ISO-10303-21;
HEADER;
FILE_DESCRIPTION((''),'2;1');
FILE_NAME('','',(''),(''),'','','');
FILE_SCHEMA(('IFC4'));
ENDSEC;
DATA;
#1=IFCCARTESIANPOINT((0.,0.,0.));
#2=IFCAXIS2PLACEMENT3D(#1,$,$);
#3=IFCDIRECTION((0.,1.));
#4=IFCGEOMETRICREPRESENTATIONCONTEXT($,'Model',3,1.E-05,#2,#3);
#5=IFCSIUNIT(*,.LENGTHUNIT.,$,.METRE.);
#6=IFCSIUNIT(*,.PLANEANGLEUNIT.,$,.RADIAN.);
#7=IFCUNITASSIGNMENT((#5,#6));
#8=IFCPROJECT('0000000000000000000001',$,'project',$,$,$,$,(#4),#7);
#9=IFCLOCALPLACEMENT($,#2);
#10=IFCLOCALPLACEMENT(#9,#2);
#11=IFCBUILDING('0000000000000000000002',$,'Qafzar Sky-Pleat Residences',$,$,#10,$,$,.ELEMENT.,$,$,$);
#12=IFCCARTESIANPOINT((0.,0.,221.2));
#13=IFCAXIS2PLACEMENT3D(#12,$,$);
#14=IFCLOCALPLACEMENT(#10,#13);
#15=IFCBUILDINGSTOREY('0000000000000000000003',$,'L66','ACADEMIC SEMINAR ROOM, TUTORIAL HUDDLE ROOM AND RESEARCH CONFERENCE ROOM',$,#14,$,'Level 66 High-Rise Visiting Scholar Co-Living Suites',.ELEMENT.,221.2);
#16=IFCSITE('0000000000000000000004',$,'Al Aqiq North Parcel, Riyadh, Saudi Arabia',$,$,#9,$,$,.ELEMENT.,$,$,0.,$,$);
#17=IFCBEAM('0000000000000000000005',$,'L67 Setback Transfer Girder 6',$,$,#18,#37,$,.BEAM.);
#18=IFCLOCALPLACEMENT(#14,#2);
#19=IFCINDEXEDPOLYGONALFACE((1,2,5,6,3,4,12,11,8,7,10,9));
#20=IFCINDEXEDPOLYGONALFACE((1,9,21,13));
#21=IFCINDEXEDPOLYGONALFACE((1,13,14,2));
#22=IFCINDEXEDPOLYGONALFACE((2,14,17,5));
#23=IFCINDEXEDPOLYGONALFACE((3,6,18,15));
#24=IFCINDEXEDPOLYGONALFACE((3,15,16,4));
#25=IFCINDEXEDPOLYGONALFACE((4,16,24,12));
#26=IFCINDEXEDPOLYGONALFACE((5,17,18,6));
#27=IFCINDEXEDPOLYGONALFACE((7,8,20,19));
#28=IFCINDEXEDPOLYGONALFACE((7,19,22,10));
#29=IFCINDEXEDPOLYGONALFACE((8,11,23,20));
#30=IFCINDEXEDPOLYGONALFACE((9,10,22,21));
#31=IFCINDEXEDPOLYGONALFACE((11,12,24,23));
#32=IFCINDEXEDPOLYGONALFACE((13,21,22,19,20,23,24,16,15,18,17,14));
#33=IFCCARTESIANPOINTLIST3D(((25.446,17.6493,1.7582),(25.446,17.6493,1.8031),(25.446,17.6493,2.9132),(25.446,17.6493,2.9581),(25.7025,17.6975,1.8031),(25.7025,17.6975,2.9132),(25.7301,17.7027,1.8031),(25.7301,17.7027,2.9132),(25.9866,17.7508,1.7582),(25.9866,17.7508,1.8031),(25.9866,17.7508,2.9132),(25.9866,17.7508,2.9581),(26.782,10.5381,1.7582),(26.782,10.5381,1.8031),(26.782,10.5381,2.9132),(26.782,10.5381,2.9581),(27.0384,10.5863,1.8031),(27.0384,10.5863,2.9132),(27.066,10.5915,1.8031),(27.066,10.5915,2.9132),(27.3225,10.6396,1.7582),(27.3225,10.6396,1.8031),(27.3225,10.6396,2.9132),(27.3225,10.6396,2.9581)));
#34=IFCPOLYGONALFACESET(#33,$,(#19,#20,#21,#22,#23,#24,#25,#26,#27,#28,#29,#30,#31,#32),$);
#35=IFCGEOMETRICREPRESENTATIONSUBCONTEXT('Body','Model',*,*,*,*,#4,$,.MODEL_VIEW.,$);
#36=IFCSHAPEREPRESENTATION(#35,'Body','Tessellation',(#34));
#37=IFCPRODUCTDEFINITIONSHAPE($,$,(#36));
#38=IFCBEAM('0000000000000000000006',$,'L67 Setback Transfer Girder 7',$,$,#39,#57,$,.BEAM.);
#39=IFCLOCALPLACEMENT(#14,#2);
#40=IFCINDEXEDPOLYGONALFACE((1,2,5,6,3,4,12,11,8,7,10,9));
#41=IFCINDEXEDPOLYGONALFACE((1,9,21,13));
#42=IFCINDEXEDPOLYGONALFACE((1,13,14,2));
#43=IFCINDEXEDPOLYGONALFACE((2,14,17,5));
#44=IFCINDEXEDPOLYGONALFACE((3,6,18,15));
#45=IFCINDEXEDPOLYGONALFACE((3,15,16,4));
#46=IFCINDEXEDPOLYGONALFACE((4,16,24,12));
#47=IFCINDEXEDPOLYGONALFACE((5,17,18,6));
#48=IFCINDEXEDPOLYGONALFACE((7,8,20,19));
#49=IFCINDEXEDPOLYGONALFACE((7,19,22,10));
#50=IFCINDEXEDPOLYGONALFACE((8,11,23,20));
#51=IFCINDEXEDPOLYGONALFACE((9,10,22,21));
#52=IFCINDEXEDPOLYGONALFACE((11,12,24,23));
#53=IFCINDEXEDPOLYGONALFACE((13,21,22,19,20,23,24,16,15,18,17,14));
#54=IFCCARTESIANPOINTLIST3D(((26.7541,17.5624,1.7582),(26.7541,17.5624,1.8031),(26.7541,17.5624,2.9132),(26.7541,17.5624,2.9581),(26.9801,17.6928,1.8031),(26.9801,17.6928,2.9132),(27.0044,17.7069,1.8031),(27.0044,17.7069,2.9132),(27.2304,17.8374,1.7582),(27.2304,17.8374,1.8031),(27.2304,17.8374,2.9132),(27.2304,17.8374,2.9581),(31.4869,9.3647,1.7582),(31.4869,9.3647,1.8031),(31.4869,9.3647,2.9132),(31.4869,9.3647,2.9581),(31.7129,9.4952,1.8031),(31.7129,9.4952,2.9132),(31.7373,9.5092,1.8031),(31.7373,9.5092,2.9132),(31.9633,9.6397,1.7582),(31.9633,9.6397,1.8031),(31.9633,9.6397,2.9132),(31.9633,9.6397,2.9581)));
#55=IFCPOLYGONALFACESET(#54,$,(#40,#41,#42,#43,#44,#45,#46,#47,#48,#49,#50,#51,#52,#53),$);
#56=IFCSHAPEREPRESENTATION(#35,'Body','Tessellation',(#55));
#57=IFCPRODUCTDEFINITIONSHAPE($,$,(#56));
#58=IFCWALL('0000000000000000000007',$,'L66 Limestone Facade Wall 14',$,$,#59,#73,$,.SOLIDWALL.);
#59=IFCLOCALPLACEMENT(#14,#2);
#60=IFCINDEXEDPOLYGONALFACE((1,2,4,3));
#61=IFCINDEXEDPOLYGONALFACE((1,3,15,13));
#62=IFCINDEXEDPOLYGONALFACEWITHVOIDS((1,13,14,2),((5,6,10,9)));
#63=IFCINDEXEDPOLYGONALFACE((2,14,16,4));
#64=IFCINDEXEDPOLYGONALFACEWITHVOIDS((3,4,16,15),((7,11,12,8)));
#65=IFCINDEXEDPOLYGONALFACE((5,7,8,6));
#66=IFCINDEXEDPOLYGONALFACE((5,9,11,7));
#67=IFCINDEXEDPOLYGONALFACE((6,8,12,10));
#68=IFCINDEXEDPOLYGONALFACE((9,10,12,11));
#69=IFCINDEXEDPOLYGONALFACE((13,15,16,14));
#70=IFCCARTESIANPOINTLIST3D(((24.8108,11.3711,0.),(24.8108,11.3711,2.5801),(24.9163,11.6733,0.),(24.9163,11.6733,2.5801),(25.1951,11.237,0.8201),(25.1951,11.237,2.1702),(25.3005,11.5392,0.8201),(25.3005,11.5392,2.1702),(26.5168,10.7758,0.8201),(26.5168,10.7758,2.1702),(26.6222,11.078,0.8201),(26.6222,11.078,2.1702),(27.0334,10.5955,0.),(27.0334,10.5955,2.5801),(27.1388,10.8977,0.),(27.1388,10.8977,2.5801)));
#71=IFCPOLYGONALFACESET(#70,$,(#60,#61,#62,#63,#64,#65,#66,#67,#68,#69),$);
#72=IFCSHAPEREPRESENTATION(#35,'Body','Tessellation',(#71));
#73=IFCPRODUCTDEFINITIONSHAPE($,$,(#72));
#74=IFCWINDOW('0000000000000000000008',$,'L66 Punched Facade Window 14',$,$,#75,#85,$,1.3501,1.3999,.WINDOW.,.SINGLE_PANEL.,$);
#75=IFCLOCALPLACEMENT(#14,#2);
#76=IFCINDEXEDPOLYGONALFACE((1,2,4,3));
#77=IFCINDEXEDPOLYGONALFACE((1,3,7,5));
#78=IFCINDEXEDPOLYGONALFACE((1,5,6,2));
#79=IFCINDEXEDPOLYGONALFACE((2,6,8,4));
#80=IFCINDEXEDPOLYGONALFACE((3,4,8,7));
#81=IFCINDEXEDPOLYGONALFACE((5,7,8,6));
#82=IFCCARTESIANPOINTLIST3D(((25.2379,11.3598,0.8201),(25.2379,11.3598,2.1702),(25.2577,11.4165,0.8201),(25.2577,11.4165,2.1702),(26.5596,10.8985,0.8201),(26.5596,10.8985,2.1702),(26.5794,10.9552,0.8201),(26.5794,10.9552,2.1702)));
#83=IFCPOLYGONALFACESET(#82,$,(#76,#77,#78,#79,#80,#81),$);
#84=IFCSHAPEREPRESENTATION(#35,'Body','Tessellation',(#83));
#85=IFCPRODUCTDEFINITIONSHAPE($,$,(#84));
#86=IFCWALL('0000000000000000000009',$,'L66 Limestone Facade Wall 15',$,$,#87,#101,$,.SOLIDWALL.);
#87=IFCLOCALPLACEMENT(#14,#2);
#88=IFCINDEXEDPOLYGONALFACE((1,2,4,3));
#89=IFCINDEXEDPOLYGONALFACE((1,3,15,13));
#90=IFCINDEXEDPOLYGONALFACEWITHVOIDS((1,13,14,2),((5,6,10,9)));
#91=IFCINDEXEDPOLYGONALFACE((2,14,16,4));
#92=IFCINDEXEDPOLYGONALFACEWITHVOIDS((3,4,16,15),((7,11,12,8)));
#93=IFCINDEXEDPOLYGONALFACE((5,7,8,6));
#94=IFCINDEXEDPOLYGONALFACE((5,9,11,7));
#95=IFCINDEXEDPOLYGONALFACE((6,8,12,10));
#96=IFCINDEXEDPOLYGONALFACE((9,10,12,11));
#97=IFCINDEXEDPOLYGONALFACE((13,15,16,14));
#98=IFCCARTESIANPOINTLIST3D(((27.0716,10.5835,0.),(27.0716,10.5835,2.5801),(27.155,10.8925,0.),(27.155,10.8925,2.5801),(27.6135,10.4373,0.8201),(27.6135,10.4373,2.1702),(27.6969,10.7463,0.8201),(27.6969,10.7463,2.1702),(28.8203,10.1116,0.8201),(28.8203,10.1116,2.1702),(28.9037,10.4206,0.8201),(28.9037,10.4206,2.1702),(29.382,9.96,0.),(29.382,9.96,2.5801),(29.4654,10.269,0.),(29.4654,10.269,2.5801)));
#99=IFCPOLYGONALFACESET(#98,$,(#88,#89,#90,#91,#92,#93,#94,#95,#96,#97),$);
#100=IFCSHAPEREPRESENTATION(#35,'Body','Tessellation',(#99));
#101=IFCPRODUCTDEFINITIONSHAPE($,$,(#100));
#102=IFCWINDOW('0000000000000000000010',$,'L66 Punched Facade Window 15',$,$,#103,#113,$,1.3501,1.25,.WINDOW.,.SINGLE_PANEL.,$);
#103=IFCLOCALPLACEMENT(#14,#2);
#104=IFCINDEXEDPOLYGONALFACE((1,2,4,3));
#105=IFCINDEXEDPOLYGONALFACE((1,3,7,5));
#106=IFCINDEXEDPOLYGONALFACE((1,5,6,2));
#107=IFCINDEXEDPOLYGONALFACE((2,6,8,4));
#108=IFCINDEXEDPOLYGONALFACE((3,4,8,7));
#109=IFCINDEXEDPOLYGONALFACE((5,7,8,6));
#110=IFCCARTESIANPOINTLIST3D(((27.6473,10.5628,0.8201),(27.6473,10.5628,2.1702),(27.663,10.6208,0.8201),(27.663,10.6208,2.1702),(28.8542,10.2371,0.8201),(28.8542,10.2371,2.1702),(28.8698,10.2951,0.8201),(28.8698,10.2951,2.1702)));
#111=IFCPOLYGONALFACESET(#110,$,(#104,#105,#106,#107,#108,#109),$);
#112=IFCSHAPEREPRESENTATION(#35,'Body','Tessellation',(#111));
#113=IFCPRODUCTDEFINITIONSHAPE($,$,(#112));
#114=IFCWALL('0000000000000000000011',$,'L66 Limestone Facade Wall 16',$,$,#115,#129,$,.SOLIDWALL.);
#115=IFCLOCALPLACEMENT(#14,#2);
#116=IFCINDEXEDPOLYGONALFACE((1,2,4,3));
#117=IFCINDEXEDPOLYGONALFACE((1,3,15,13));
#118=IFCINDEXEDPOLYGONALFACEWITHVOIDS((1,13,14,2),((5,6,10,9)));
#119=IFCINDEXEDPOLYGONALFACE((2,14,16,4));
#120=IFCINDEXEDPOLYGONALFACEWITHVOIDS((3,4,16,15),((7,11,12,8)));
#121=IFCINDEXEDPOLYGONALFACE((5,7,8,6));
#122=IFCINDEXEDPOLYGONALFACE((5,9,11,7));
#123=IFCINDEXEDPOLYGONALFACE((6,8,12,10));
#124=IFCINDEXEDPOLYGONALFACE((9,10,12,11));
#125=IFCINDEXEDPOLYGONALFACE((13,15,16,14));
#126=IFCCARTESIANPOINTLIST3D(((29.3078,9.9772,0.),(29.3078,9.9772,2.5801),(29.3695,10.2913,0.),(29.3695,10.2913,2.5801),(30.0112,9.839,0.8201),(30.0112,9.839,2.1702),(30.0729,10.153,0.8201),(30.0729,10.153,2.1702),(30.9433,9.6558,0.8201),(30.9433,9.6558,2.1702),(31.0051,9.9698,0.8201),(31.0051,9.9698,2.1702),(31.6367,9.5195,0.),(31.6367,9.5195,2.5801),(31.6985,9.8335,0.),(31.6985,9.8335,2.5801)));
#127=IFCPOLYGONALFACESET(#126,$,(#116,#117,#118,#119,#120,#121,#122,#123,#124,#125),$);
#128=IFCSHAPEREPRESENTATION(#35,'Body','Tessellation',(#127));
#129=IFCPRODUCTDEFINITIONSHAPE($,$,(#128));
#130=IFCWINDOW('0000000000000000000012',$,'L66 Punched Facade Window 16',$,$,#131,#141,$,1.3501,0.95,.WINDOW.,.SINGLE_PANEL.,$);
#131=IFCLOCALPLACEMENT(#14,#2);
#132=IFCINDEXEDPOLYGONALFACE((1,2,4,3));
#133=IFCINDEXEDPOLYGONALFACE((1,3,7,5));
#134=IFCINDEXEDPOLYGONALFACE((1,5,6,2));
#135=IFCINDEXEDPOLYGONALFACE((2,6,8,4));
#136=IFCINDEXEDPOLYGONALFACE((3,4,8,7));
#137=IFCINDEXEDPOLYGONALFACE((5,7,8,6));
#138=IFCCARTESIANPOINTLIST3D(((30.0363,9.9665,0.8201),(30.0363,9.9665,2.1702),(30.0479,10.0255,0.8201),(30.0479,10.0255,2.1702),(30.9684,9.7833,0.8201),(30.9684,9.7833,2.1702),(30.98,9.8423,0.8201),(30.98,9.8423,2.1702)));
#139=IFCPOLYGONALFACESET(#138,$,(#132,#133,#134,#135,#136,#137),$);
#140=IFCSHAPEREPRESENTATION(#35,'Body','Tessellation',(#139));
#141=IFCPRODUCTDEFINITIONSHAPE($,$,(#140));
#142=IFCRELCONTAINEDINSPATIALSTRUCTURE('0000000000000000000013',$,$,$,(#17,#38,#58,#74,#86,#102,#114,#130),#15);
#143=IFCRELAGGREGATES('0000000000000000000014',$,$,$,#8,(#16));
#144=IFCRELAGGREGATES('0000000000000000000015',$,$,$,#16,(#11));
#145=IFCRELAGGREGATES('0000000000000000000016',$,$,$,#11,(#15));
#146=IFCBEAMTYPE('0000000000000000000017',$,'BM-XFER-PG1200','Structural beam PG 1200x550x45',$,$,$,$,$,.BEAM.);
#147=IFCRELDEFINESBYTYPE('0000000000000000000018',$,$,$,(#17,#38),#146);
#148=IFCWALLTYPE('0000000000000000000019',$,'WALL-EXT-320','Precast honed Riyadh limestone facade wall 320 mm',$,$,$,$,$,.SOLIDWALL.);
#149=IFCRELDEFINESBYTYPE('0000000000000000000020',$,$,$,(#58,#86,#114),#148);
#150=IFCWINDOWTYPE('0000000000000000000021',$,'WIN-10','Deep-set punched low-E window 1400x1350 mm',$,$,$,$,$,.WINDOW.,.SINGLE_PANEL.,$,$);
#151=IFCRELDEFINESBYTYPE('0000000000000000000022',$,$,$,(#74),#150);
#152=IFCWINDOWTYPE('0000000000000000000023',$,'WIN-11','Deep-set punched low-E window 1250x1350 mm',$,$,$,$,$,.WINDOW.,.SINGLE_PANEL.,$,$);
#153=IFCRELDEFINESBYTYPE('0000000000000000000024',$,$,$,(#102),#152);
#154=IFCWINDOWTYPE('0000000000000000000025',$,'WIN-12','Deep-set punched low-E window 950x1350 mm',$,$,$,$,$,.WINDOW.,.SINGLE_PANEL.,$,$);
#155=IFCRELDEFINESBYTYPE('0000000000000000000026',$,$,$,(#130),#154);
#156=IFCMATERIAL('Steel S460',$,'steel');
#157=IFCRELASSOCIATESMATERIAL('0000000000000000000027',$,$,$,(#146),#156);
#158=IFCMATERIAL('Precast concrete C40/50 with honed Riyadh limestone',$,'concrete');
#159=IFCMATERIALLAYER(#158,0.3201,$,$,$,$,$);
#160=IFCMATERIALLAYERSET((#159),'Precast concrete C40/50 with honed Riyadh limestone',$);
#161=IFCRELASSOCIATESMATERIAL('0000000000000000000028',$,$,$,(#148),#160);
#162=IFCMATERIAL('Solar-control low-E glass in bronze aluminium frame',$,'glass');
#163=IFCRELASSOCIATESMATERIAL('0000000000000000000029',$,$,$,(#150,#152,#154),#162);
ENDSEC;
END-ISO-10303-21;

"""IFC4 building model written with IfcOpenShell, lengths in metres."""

from ifc_helpers import new_model, si_unit, direction, frame, frame_2d, origin, origin_2d, place, context, subcontext, project, spatial, rectangle, i_section, extrude, source, transform, mapped, material, layer, layer_set, material_profile, profile_set, type_object, element, fill, save


model = new_model("IFC4")

# Units and contexts
model_context = context("Model", 3, precision=1e-05, world=origin(), true_north=direction((0.0, 1.0)))
body_context = subcontext(model_context, "Body", "Model", "MODEL_VIEW")
ifc_project = project(units=[si_unit("LENGTHUNIT", "METRE"), si_unit("PLANEANGLEUNIT", "RADIAN")], contexts=[model_context])

# Site, building, storey
site_placement = place(None, origin())
site = spatial("IfcSite", under=ifc_project, at=site_placement, Name="Al Aqiq North Parcel, Riyadh, Saudi Arabia", CompositionType="ELEMENT", RefElevation=0.0)
building_placement = place(site_placement, origin())
building = spatial("IfcBuilding", under=site, at=building_placement, Name="Qafzar Sky-Pleat Residences", CompositionType="ELEMENT")
storey_placement = place(building_placement, frame((0.0, 0.0, 221.2)))
storey = spatial("IfcBuildingStorey", under=building, at=storey_placement, Name="L66", Description="ACADEMIC SEMINAR ROOM, TUTORIAL HUDDLE ROOM AND RESEARCH CONFERENCE ROOM", LongName="Level 66 High-Rise Visiting Scholar Co-Living Suites", CompositionType="ELEMENT", Elevation=221.2)

# Beams
ifc_material_1 = material(Name="Steel S460", Category="steel")
ifc_material_profile_1 = material_profile(ifc_material_1, i_section(OverallWidth=0.55, OverallDepth=1.2, WebThickness=0.0281, FlangeThickness=0.0449, at=origin_2d()), Name="PG 1200x550x45")
ifc_profile_set_1 = profile_set([ifc_material_profile_1], Name="Steel S460")
beam_type_1 = type_object("IfcBeamType", Name="BM-XFER-PG1200", Description="Structural beam PG 1200x550x45", PredefinedType="BEAM", material=ifc_profile_set_1)
shared_shape_1 = source(origin(), body_context, "Body", "SweptSolid", [
    extrude(i_section(OverallWidth=0.55, OverallDepth=1.2, WebThickness=0.0281, FlangeThickness=0.0449, at=origin_2d()), origin(), (0.0, 0.0, 1.0), 7.2356),
])
beam_1_placement = place(storey_placement, frame((27.0522, 10.5889, 2.3582), z_axis=(-0.184637, 0.982807, 0.0), x_axis=(-0.982807, -0.184637, 0.0)))
element("IfcBeam", 1, at=beam_1_placement, inside=storey, type_object=beam_type_1, Name="L67 Setback Transfer Girder 6", PredefinedType="BEAM", context=body_context, shape_type="MappedRepresentation", body=[
    mapped(shared_shape_1, transform((0.0, 0.0, 0.0), x_axis=(1.0, 0.0, 0.0), y_axis=(0.0, 1.0, 0.0), z_axis=(0.0, 0.0, 1.0), scale=1.0)),
])
shared_shape_2 = source(origin(), body_context, "Body", "SweptSolid", [
    extrude(i_section(OverallWidth=0.55, OverallDepth=1.2, WebThickness=0.0281, FlangeThickness=0.0449, at=origin_2d()), origin(), (0.0, 0.0, 1.0), 9.4658),
])
beam_2_placement = place(storey_placement, frame((31.7251, 9.5022, 2.3582), z_axis=(-0.499995, 0.866028, 0.0), x_axis=(-0.866028, -0.499995, 0.0)))
element("IfcBeam", 2, at=beam_2_placement, inside=storey, type_object=beam_type_1, Name="L67 Setback Transfer Girder 7", PredefinedType="BEAM", context=body_context, shape_type="MappedRepresentation", body=[
    mapped(shared_shape_2, transform((0.0, 0.0, 0.0), x_axis=(1.0, 0.0, 0.0), y_axis=(0.0, 1.0, 0.0), z_axis=(0.0, 0.0, 1.0), scale=1.0)),
])

# Walls, openings, windows
ifc_material_2 = material(Name="Precast concrete C40/50 with honed Riyadh limestone", Category="concrete")
ifc_layer_1 = layer(ifc_material_2, 0.3201)
ifc_layer_set_1 = layer_set([ifc_layer_1], Name="Precast concrete C40/50 with honed Riyadh limestone")
wall_type = type_object("IfcWallType", Name="WALL-EXT-320", Description="Precast honed Riyadh limestone facade wall 320 mm", PredefinedType="SOLIDWALL", material=ifc_layer_set_1)
wall_1_placement = place(storey_placement, frame((24.8635, 11.5222, 0.0), z_axis=(0.0, 0.0, 1.0), x_axis=(0.944162, -0.329482, 0.0)))
wall_1 = element("IfcWall", 3, at=wall_1_placement, inside=storey, type_object=wall_type, Name="L66 Limestone Facade Wall 14", PredefinedType="SOLIDWALL", context=body_context, shape_type="SweptSolid", body=[
    extrude(rectangle(XDim=2.354, YDim=0.3201, at=frame_2d((1.177, 0.0))), origin(), (0.0, 0.0, 1.0), 2.5801),
])
opening_1_placement = place(wall_1_placement, frame((0.407, 0.0, 0.8201)))
opening_1 = element("IfcOpeningElement", 4, at=opening_1_placement, cuts=wall_1, PredefinedType="OPENING", context=body_context, shape_type="SweptSolid", body=[
    extrude(rectangle(XDim=1.3999, YDim=1.3501, at=frame_2d((0.7, 0.675))), frame((0.0, 0.1699, 0.0), z_axis=(0.0, -1.0, 0.0), x_axis=(1.0, 0.0, 0.0)), (0.0, 0.0, 1.0), 0.3401),
])
ifc_material_3 = material(Name="Solar-control low-E glass in bronze aluminium frame", Category="glass")
window_type_1 = type_object("IfcWindowType", Name="WIN-10", Description="Deep-set punched low-E window 1400x1350 mm", PartitioningType="SINGLE_PANEL", PredefinedType="WINDOW", material=ifc_material_3)
shared_shape_3 = source(origin(), body_context, "Body", "SweptSolid", [
    extrude(rectangle(XDim=1.3999, YDim=1.3501, at=frame_2d((0.7, 0.675))), frame((0.0, 0.03, 0.0), z_axis=(0.0, -1.0, 0.0), x_axis=(1.0, 0.0, 0.0)), (0.0, 0.0, 1.0), 0.0601),
])
window_1_placement = place(opening_1_placement, origin())
window_1 = element("IfcWindow", 5, at=window_1_placement, inside=storey, type_object=window_type_1, Name="L66 Punched Facade Window 14", OverallHeight=1.3501, OverallWidth=1.3999, PartitioningType="SINGLE_PANEL", PredefinedType="WINDOW", context=body_context, shape_type="MappedRepresentation", body=[
    mapped(shared_shape_3, transform((0.0, 0.0, 0.0), x_axis=(1.0, 0.0, 0.0), y_axis=(0.0, 1.0, 0.0), z_axis=(0.0, 0.0, 1.0), scale=1.0)),
])
fill(opening_1, window_1)
wall_2_placement = place(storey_placement, frame((27.1133, 10.738, 0.0), z_axis=(0.0, 0.0, 1.0), x_axis=(0.965455, -0.26057, 0.0)))
wall_2 = element("IfcWall", 6, at=wall_2_placement, inside=storey, type_object=wall_type, Name="L66 Limestone Facade Wall 15", PredefinedType="SOLIDWALL", context=body_context, shape_type="SweptSolid", body=[
    extrude(rectangle(XDim=2.3931, YDim=0.3201, at=frame_2d((1.1965, 0.0))), origin(), (0.0, 0.0, 1.0), 2.5801),
])
opening_2_placement = place(wall_2_placement, frame((0.5613, 0.0, 0.8201)))
opening_2 = element("IfcOpeningElement", 7, at=opening_2_placement, cuts=wall_2, PredefinedType="OPENING", context=body_context, shape_type="SweptSolid", body=[
    extrude(rectangle(XDim=1.25, YDim=1.3501, at=frame_2d((0.625, 0.675))), frame((0.0, 0.1699, 0.0), z_axis=(0.0, -1.0, 0.0), x_axis=(1.0, 0.0, 0.0)), (0.0, 0.0, 1.0), 0.3401),
])
window_type_2 = type_object("IfcWindowType", Name="WIN-11", Description="Deep-set punched low-E window 1250x1350 mm", PartitioningType="SINGLE_PANEL", PredefinedType="WINDOW", material=ifc_material_3)
shared_shape_4 = source(origin(), body_context, "Body", "SweptSolid", [
    extrude(rectangle(XDim=1.25, YDim=1.3501, at=frame_2d((0.625, 0.675))), frame((0.0, 0.03, 0.0), z_axis=(0.0, -1.0, 0.0), x_axis=(1.0, 0.0, 0.0)), (0.0, 0.0, 1.0), 0.0601),
])
window_2_placement = place(opening_2_placement, origin())
window_2 = element("IfcWindow", 8, at=window_2_placement, inside=storey, type_object=window_type_2, Name="L66 Punched Facade Window 15", OverallHeight=1.3501, OverallWidth=1.25, PartitioningType="SINGLE_PANEL", PredefinedType="WINDOW", context=body_context, shape_type="MappedRepresentation", body=[
    mapped(shared_shape_4, transform((0.0, 0.0, 0.0), x_axis=(1.0, 0.0, 0.0), y_axis=(0.0, 1.0, 0.0), z_axis=(0.0, 0.0, 1.0), scale=1.0)),
])
fill(opening_2, window_2)
wall_3_placement = place(storey_placement, frame((29.3386, 10.1343, 0.0), z_axis=(0.0, 0.0, 1.0), x_axis=(0.981224, -0.192871, 0.0)))
wall_3 = element("IfcWall", 9, at=wall_3_placement, inside=storey, type_object=wall_type, Name="L66 Limestone Facade Wall 16", PredefinedType="SOLIDWALL", context=body_context, shape_type="SweptSolid", body=[
    extrude(rectangle(XDim=2.3735, YDim=0.3201, at=frame_2d((1.1868, 0.0))), origin(), (0.0, 0.0, 1.0), 2.5801),
])
opening_3_placement = place(wall_3_placement, frame((0.7168, 0.0, 0.8201)))
opening_3 = element("IfcOpeningElement", 10, at=opening_3_placement, cuts=wall_3, PredefinedType="OPENING", context=body_context, shape_type="SweptSolid", body=[
    extrude(rectangle(XDim=0.95, YDim=1.3501, at=frame_2d((0.4751, 0.675))), frame((0.0, 0.1699, 0.0), z_axis=(0.0, -1.0, 0.0), x_axis=(1.0, 0.0, 0.0)), (0.0, 0.0, 1.0), 0.3401),
])
window_type_3 = type_object("IfcWindowType", Name="WIN-12", Description="Deep-set punched low-E window 950x1350 mm", PartitioningType="SINGLE_PANEL", PredefinedType="WINDOW", material=ifc_material_3)
shared_shape_5 = source(origin(), body_context, "Body", "SweptSolid", [
    extrude(rectangle(XDim=0.95, YDim=1.3501, at=frame_2d((0.4751, 0.675))), frame((0.0, 0.03, 0.0), z_axis=(0.0, -1.0, 0.0), x_axis=(1.0, 0.0, 0.0)), (0.0, 0.0, 1.0), 0.0601),
])
window_3_placement = place(opening_3_placement, origin())
window_3 = element("IfcWindow", 11, at=window_3_placement, inside=storey, type_object=window_type_3, Name="L66 Punched Facade Window 16", OverallHeight=1.3501, OverallWidth=0.95, PartitioningType="SINGLE_PANEL", PredefinedType="WINDOW", context=body_context, shape_type="MappedRepresentation", body=[
    mapped(shared_shape_5, transform((0.0, 0.0, 0.0), x_axis=(1.0, 0.0, 0.0), y_axis=(0.0, 1.0, 0.0), z_axis=(0.0, 0.0, 1.0), scale=1.0)),
])
fill(opening_3, window_3)

save(model, "model.ifc")
